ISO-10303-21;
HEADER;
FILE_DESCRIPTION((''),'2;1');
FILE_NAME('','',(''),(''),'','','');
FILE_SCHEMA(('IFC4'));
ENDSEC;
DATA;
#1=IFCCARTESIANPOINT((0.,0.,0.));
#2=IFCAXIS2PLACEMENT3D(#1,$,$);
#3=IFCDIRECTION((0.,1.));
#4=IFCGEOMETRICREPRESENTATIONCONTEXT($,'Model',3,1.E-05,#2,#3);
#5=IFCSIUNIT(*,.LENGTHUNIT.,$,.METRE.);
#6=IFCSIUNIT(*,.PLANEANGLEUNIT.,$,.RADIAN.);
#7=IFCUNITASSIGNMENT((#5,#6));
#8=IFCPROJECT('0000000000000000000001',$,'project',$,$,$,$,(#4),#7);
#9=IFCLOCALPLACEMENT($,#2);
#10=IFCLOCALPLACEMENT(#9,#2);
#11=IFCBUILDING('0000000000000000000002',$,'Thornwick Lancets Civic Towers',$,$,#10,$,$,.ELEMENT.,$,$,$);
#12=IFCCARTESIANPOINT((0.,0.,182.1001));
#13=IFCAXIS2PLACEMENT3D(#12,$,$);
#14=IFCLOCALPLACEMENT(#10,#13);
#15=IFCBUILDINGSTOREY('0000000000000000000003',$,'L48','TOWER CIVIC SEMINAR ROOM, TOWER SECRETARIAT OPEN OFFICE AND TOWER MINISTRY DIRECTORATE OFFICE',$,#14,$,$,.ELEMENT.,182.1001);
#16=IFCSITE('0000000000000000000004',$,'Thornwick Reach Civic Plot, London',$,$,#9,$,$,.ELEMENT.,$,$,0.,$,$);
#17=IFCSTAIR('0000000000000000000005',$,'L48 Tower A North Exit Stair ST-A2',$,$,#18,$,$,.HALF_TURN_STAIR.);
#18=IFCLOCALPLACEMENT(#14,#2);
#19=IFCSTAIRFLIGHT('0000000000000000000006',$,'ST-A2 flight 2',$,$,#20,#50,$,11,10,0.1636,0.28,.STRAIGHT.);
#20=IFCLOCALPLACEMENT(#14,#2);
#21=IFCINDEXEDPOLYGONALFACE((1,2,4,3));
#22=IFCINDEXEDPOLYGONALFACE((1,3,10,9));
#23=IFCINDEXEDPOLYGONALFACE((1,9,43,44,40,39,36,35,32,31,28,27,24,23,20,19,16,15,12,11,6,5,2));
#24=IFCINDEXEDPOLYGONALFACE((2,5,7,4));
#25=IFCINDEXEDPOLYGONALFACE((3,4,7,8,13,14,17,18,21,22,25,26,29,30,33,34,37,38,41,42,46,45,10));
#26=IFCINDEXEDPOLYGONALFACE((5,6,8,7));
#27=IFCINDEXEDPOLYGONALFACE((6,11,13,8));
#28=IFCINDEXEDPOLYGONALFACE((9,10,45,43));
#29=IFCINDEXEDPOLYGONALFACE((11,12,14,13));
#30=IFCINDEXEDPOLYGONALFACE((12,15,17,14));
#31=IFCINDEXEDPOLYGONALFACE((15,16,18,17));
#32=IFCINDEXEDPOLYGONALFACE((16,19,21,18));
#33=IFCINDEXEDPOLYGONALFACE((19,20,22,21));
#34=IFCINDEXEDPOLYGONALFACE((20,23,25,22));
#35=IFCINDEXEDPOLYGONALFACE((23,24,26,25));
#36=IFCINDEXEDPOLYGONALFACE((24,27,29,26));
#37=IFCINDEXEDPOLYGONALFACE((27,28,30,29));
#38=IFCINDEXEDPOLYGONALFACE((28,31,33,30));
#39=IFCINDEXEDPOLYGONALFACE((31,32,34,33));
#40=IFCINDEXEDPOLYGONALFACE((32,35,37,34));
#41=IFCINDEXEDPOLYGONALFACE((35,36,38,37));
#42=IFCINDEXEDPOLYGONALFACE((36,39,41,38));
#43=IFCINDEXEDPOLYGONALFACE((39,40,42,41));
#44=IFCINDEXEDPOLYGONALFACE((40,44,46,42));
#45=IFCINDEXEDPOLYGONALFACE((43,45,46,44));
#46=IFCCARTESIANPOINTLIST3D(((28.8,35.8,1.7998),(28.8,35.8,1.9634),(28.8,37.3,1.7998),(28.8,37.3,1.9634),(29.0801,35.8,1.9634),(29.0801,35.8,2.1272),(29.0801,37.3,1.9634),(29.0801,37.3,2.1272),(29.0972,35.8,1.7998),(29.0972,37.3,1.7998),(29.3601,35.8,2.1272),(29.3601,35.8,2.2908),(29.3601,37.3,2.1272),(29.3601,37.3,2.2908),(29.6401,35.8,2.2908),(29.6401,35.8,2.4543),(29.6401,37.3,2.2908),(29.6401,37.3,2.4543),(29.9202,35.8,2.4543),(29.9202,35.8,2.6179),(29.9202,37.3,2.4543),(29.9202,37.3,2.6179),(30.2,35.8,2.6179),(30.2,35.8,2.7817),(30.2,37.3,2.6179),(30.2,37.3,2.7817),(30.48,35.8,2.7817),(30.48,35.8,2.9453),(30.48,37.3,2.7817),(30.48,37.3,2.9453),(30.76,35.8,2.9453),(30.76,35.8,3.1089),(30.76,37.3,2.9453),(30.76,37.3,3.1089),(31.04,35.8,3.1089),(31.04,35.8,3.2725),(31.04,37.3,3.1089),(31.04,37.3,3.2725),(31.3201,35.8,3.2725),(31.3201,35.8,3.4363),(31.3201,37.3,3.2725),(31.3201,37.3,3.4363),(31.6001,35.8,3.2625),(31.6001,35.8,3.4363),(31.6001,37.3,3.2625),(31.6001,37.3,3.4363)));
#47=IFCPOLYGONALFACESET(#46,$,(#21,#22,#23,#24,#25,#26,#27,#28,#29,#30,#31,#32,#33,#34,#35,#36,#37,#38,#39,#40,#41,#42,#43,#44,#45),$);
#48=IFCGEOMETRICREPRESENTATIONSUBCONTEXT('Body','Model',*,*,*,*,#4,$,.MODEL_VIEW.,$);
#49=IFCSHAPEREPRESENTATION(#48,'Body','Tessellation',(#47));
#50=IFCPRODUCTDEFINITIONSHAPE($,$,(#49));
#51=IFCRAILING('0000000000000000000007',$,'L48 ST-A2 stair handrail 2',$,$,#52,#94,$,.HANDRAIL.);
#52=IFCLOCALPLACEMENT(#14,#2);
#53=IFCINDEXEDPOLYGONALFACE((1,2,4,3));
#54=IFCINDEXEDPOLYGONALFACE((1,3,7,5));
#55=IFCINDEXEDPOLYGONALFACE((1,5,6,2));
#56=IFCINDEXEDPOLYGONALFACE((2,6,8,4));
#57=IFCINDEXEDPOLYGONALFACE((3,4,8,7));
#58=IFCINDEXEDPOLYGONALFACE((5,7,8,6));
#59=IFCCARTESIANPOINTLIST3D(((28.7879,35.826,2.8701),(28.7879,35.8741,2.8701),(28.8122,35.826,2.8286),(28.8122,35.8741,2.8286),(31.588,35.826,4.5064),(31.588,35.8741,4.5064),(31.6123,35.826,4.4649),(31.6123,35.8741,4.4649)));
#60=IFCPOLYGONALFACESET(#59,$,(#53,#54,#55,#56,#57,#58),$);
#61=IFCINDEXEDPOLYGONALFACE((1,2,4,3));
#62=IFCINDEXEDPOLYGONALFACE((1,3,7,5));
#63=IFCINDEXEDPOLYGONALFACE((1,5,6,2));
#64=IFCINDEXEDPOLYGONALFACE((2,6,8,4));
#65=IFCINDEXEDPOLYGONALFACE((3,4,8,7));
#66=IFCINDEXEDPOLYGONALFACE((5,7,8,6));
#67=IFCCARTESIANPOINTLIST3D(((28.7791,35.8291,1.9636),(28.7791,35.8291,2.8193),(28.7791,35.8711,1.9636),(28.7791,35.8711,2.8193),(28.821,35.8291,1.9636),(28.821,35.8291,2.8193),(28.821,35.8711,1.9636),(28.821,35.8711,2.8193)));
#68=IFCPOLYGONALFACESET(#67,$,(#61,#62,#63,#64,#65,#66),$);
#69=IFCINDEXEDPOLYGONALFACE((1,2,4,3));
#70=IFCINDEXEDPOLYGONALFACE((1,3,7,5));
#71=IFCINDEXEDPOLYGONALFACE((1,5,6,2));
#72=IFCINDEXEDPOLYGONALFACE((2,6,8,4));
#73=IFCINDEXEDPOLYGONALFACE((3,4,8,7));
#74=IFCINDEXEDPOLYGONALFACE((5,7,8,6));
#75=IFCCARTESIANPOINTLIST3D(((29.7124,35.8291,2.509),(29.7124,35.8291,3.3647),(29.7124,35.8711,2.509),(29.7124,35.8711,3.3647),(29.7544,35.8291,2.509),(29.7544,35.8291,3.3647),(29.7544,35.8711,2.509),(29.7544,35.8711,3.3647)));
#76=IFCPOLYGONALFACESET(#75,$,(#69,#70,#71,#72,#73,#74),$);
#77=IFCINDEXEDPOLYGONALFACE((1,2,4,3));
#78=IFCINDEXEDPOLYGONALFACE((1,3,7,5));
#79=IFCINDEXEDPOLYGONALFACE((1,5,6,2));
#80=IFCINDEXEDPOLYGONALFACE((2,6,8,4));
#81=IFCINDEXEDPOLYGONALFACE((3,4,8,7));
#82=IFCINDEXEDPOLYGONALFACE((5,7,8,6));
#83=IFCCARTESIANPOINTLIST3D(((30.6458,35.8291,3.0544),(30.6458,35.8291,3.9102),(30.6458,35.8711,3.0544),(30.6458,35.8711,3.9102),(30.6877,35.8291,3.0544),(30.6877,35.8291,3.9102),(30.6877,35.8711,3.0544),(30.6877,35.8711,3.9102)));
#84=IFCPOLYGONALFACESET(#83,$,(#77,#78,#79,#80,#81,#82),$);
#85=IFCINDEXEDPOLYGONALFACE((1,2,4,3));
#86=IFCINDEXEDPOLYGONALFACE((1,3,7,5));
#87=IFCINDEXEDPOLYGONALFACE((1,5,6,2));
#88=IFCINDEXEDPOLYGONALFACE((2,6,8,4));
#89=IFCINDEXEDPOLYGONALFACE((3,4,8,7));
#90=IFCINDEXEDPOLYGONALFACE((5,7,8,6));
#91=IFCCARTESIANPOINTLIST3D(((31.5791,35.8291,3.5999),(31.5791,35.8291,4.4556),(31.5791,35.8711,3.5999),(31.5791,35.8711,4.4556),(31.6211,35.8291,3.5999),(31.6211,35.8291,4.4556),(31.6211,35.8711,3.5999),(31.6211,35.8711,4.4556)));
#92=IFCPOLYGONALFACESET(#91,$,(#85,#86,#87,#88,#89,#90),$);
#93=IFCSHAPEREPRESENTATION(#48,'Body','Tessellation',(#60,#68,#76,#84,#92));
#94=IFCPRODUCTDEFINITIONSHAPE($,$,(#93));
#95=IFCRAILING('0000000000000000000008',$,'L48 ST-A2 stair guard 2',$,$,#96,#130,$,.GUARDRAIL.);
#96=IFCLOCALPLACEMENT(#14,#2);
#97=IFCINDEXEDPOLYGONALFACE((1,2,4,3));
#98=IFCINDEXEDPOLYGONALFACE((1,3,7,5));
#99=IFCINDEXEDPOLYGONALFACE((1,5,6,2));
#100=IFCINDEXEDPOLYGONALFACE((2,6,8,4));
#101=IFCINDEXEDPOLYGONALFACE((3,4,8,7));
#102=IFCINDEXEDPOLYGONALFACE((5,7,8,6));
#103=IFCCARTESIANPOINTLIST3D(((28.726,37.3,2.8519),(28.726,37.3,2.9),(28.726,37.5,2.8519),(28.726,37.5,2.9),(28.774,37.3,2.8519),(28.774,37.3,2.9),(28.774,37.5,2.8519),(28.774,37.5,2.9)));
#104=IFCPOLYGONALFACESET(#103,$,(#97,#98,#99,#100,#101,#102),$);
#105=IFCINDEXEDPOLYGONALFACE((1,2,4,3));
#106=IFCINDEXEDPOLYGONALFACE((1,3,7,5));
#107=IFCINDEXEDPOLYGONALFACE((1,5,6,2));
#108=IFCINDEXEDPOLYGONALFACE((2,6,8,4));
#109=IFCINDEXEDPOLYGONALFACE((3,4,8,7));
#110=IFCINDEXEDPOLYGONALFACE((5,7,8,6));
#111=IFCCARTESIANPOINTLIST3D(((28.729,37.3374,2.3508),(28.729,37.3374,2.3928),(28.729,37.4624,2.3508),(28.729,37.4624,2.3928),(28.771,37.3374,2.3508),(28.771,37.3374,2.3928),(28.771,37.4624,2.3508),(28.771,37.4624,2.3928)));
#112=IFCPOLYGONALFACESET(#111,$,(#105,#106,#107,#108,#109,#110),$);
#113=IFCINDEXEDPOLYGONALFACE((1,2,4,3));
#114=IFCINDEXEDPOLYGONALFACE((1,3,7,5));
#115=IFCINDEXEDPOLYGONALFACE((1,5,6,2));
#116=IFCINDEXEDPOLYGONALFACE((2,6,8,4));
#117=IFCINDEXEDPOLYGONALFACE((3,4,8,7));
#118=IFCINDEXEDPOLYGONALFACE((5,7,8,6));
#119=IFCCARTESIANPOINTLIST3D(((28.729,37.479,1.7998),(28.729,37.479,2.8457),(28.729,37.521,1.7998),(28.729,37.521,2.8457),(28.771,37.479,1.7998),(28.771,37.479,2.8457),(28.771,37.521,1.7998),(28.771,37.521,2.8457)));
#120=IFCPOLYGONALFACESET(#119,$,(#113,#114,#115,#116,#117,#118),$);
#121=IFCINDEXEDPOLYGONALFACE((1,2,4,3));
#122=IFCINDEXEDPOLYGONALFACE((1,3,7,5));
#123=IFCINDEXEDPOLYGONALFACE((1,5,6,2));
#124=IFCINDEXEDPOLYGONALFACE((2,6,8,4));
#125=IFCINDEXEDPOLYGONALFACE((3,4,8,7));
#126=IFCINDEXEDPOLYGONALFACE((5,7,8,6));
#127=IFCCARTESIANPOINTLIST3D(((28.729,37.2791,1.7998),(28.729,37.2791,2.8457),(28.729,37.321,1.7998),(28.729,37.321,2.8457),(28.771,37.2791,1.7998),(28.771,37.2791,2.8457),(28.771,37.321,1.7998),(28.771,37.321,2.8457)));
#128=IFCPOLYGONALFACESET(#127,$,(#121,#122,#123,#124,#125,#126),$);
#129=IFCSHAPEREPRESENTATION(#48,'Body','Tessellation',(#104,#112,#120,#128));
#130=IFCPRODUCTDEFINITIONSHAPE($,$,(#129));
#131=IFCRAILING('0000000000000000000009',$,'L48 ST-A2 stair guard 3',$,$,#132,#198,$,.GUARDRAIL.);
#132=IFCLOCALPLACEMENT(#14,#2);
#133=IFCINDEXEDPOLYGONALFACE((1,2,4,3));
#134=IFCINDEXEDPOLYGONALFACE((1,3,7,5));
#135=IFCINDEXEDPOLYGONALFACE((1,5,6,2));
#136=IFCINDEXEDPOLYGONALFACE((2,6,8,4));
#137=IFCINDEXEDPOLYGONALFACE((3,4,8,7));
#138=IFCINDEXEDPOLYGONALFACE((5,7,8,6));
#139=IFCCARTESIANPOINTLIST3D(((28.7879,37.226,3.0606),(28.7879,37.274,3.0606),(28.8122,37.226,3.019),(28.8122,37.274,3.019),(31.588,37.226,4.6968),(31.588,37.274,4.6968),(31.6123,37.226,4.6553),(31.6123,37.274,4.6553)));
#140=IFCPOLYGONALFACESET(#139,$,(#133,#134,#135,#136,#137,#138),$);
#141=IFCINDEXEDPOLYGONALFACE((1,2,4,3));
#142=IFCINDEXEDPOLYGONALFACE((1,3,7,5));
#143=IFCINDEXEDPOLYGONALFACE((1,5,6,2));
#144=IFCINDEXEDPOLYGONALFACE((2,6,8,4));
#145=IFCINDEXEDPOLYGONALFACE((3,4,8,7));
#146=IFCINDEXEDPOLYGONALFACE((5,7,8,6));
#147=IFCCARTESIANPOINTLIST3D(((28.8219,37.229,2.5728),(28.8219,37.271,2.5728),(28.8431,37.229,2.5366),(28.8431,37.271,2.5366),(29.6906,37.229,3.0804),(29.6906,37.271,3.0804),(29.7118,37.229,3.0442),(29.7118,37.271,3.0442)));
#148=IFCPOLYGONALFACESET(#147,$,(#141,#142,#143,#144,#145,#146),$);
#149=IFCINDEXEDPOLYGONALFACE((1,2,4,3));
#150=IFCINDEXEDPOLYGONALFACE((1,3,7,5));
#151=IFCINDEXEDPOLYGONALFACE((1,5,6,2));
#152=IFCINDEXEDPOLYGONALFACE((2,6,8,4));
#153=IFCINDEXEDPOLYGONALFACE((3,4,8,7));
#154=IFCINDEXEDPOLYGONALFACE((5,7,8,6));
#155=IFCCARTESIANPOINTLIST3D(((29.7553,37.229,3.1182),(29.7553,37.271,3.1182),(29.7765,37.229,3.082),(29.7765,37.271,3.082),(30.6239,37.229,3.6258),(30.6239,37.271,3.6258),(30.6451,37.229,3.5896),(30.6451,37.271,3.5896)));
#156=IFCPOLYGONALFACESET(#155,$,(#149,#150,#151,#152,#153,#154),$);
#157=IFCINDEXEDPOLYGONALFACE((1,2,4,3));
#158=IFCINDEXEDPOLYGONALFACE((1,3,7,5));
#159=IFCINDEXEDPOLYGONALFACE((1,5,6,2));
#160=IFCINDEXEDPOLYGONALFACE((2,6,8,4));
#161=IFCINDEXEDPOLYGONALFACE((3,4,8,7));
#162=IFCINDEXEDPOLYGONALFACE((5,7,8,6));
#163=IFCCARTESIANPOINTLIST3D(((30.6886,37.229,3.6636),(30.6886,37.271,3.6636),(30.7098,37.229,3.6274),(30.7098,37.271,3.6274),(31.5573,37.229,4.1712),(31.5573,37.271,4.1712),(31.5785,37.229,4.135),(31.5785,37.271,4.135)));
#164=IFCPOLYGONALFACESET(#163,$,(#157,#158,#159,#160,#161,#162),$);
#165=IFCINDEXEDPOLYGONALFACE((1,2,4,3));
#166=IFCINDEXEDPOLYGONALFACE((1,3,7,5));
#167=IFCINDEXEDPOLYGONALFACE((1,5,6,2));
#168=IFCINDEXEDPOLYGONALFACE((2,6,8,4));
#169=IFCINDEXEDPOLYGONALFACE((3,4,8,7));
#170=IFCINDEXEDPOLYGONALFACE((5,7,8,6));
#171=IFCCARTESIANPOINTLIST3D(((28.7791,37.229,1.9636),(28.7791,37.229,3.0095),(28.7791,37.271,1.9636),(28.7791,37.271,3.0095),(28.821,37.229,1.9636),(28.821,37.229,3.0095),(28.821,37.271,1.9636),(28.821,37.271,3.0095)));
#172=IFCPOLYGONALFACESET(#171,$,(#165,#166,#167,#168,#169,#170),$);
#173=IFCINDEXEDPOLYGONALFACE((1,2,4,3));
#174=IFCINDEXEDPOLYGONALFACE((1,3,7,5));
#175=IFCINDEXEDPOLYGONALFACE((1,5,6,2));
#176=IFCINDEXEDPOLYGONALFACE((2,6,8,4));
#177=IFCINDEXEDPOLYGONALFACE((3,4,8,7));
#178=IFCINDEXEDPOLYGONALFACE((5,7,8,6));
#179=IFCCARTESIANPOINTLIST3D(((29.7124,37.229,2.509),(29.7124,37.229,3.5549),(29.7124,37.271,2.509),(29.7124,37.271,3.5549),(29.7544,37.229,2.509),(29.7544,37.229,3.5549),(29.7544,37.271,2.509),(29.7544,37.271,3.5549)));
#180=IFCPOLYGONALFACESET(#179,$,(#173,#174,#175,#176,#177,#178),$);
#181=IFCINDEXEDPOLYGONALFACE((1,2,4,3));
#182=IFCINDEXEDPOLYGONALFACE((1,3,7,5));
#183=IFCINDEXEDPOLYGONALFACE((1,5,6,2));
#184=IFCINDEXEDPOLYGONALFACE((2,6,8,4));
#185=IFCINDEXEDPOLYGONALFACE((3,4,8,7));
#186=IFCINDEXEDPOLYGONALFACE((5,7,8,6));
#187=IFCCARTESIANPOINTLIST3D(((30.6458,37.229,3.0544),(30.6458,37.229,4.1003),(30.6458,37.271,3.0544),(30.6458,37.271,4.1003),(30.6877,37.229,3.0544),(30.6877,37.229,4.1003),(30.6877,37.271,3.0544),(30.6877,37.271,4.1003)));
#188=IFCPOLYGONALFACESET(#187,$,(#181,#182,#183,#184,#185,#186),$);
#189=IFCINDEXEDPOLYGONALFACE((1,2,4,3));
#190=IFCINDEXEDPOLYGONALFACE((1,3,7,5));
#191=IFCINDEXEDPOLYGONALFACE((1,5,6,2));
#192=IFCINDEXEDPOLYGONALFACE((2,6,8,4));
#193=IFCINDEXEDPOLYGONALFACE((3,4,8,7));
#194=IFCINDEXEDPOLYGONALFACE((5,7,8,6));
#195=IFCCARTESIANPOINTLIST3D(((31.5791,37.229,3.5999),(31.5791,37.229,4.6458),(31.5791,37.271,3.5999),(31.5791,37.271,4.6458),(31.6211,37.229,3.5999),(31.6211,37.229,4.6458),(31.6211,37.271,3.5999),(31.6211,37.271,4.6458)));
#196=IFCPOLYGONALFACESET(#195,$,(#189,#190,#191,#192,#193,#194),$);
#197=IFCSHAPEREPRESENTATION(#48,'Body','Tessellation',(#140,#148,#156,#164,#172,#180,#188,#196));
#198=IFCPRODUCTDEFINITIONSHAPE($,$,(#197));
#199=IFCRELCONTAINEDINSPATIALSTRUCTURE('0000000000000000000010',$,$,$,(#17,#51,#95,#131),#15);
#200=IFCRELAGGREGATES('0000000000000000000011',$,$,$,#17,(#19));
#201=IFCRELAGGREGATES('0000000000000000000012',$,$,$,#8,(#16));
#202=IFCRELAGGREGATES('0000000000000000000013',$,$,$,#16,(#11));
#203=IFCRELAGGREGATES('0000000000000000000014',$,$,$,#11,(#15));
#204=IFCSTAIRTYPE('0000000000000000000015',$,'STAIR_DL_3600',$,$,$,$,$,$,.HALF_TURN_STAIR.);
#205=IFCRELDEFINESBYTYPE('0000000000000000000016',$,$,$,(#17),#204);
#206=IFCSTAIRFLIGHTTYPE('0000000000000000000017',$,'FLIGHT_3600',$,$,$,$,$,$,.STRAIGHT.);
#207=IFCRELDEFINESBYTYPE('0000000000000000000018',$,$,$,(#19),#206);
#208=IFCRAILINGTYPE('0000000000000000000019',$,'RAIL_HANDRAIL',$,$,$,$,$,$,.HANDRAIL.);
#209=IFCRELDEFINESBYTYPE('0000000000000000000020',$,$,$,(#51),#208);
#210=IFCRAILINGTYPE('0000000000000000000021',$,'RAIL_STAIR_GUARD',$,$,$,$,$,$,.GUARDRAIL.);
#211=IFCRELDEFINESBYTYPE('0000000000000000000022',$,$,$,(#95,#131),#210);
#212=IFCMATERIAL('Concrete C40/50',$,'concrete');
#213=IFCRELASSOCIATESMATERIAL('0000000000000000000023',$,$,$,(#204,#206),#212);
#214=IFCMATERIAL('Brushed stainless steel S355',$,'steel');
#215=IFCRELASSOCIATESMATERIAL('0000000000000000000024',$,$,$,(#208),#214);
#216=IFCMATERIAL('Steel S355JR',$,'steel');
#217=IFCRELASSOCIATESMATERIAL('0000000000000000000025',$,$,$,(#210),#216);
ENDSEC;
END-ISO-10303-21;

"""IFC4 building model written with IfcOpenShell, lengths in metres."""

from ifc_helpers import new_model, si_unit, direction, frame, origin, origin_2d, place, context, subcontext, project, spatial, polyline, rectangle, outline, extrude, material, type_object, element, aggregate, save


model = new_model("IFC4")

# Units and contexts
model_context = context("Model", 3, precision=1e-05, world=origin(), true_north=direction((0.0, 1.0)))
body_context = subcontext(model_context, "Body", "Model", "MODEL_VIEW")
ifc_project = project(units=[si_unit("LENGTHUNIT", "METRE"), si_unit("PLANEANGLEUNIT", "RADIAN")], contexts=[model_context])

# Site, building, storey
site_placement = place(None, origin())
site = spatial("IfcSite", under=ifc_project, at=site_placement, Name="Thornwick Reach Civic Plot, London", CompositionType="ELEMENT", RefElevation=0.0)
building_placement = place(site_placement, origin())
building = spatial("IfcBuilding", under=site, at=building_placement, Name="Thornwick Lancets Civic Towers", CompositionType="ELEMENT")
storey_placement = place(building_placement, frame((0.0, 0.0, 182.1001)))
storey = spatial("IfcBuildingStorey", under=building, at=storey_placement, Name="L48", Description="TOWER CIVIC SEMINAR ROOM, TOWER SECRETARIAT OPEN OFFICE AND TOWER MINISTRY DIRECTORATE OFFICE", CompositionType="ELEMENT", Elevation=182.1001)

# Shared definitions
ifc_material_1 = material(Name="Steel S355JR", Category="steel")

# Shared definitions
ifc_material_2 = material(Name="Concrete C40/50", Category="concrete")

# Stair, stair flight
stair_type = type_object("IfcStairType", Name="STAIR_DL_3600", PredefinedType="HALF_TURN_STAIR", material=ifc_material_2)
stair_placement = place(storey_placement, origin())
stair = element("IfcStair", 1, at=stair_placement, inside=storey, type_object=stair_type, Name="L48 Tower A North Exit Stair ST-A2", PredefinedType="HALF_TURN_STAIR")
stair_flight_type = type_object("IfcStairFlightType", Name="FLIGHT_3600", PredefinedType="STRAIGHT", material=ifc_material_2)
stair_flight_placement = place(storey_placement, frame((28.8, 36.55, 1.7998), z_axis=(0.0, 0.0, 1.0), x_axis=(1.0, 0.0, 0.0)))
stair_flight = element("IfcStairFlight", 2, at=stair_flight_placement, type_object=stair_flight_type, Name="ST-A2 flight 2", NumberOfRisers=11, NumberOfTreads=10, PredefinedType="STRAIGHT", RiserHeight=0.1636, TreadLength=0.28, context=body_context, shape_type="SweptSolid", body=[
    extrude(outline(polyline([(0.0, 0.0), (0.0, 0.1636), (0.28, 0.1636), (0.28, 0.3274), (0.5601, 0.3274), (0.5601, 0.491), (0.8401, 0.491), (0.8401, 0.6545), (1.1201, 0.6545), (1.1201, 0.8181), (1.3999, 0.8181), (1.3999, 0.9819), (1.6799, 0.9819), (1.6799, 1.1455), (1.96, 1.1455), (1.96, 1.3091), (2.24, 1.3091), (2.24, 1.4727), (2.52, 1.4727), (2.52, 1.6365), (2.8, 1.6365), (2.8, 1.8), (2.8, 1.4626), (0.2971, 0.0), (0.0, 0.0)])), frame((0.0, 0.75, 0.0), z_axis=(0.0, -1.0, 0.0), x_axis=(1.0, 0.0, 0.0)), (0.0, 0.0, 1.0), 1.5),
])
aggregate(stair, [stair_flight])

# Railings
ifc_material_3 = material(Name="Brushed stainless steel S355", Category="steel")
railing_type_1 = type_object("IfcRailingType", Name="RAIL_HANDRAIL", PredefinedType="HANDRAIL", material=ifc_material_3)
railing_1_placement = place(storey_placement, frame((28.8, 35.8501, 1.9636)))
element("IfcRailing", 3, at=railing_1_placement, inside=storey, type_object=railing_type_1, Name="L48 ST-A2 stair handrail 2", PredefinedType="HANDRAIL", context=body_context, shape_type="SweptSolid", body=[
    extrude(rectangle(XDim=0.0481, YDim=0.0481, at=origin_2d()), frame((0.0, 0.0, 0.8857), z_axis=(0.863394, 0.0, 0.504531), x_axis=(0.0, 1.0, 0.0)), (0.0, 0.0, 1.0), 3.2432),
    extrude(rectangle(XDim=0.042, YDim=0.042, at=origin_2d()), origin(), (0.0, 0.0, 1.0), 0.8557),
    extrude(rectangle(XDim=0.042, YDim=0.042, at=origin_2d()), frame((0.9333, 0.0, 0.5454)), (0.0, 0.0, 1.0), 0.8557),
    extrude(rectangle(XDim=0.042, YDim=0.042, at=origin_2d()), frame((1.8667, 0.0, 1.0908)), (0.0, 0.0, 1.0), 0.8557),
    extrude(rectangle(XDim=0.042, YDim=0.042, at=origin_2d()), frame((2.8, 0.0, 1.6362)), (0.0, 0.0, 1.0), 0.8557),
])
railing_type_2 = type_object("IfcRailingType", Name="RAIL_STAIR_GUARD", PredefinedType="GUARDRAIL", material=ifc_material_1)
railing_2_placement = place(storey_placement, frame((28.75, 37.5, 1.7998)))
element("IfcRailing", 4, at=railing_2_placement, inside=storey, type_object=railing_type_2, Name="L48 ST-A2 stair guard 2", PredefinedType="GUARDRAIL", context=body_context, shape_type="SweptSolid", body=[
    extrude(rectangle(XDim=0.0481, YDim=0.0481, at=origin_2d()), frame((0.0, 0.0, 1.0762), z_axis=(0.0, -1.0, 0.0), x_axis=(1.0, 0.0, 0.0)), (0.0, 0.0, 1.0), 0.2),
    extrude(rectangle(XDim=0.042, YDim=0.042, at=origin_2d()), frame((0.0, -0.0376, 0.572), z_axis=(0.0, -1.0, 0.0), x_axis=(1.0, 0.0, 0.0)), (0.0, 0.0, 1.0), 0.125),
    extrude(rectangle(XDim=0.042, YDim=0.042, at=origin_2d()), origin(), (0.0, 0.0, 1.0), 1.0459),
    extrude(rectangle(XDim=0.042, YDim=0.042, at=origin_2d()), frame((0.0, -0.2, 0.0)), (0.0, 0.0, 1.0), 1.0459),
])
railing_3_placement = place(storey_placement, frame((28.8, 37.25, 1.9636)))
element("IfcRailing", 5, at=railing_3_placement, inside=storey, type_object=railing_type_2, Name="L48 ST-A2 stair guard 3", PredefinedType="GUARDRAIL", context=body_context, shape_type="SweptSolid", body=[
    extrude(rectangle(XDim=0.0481, YDim=0.0481, at=origin_2d()), frame((0.0, 0.0, 1.0762), z_axis=(0.863394, 0.0, 0.504531), x_axis=(0.0, 1.0, 0.0)), (0.0, 0.0, 1.0), 3.2432),
    extrude(rectangle(XDim=0.042, YDim=0.042, at=origin_2d()), frame((0.0325, 0.0, 0.5911), z_axis=(0.863394, 0.0, 0.504531), x_axis=(0.0, 1.0, 0.0)), (0.0, 0.0, 1.0), 1.0061),
    extrude(rectangle(XDim=0.042, YDim=0.042, at=origin_2d()), frame((0.9658, 0.0, 1.1365), z_axis=(0.863394, 0.0, 0.504531), x_axis=(0.0, 1.0, 0.0)), (0.0, 0.0, 1.0), 1.0061),
    extrude(rectangle(XDim=0.042, YDim=0.042, at=origin_2d()), frame((1.8992, 0.0, 1.6819), z_axis=(0.863394, 0.0, 0.504531), x_axis=(0.0, 1.0, 0.0)), (0.0, 0.0, 1.0), 1.0061),
    extrude(rectangle(XDim=0.042, YDim=0.042, at=origin_2d()), origin(), (0.0, 0.0, 1.0), 1.0459),
    extrude(rectangle(XDim=0.042, YDim=0.042, at=origin_2d()), frame((0.9333, 0.0, 0.5454)), (0.0, 0.0, 1.0), 1.0459),
    extrude(rectangle(XDim=0.042, YDim=0.042, at=origin_2d()), frame((1.8667, 0.0, 1.0908)), (0.0, 0.0, 1.0), 1.0459),
    extrude(rectangle(XDim=0.042, YDim=0.042, at=origin_2d()), frame((2.8, 0.0, 1.6362)), (0.0, 0.0, 1.0), 1.0459),
])

save(model, "model.ifc")
